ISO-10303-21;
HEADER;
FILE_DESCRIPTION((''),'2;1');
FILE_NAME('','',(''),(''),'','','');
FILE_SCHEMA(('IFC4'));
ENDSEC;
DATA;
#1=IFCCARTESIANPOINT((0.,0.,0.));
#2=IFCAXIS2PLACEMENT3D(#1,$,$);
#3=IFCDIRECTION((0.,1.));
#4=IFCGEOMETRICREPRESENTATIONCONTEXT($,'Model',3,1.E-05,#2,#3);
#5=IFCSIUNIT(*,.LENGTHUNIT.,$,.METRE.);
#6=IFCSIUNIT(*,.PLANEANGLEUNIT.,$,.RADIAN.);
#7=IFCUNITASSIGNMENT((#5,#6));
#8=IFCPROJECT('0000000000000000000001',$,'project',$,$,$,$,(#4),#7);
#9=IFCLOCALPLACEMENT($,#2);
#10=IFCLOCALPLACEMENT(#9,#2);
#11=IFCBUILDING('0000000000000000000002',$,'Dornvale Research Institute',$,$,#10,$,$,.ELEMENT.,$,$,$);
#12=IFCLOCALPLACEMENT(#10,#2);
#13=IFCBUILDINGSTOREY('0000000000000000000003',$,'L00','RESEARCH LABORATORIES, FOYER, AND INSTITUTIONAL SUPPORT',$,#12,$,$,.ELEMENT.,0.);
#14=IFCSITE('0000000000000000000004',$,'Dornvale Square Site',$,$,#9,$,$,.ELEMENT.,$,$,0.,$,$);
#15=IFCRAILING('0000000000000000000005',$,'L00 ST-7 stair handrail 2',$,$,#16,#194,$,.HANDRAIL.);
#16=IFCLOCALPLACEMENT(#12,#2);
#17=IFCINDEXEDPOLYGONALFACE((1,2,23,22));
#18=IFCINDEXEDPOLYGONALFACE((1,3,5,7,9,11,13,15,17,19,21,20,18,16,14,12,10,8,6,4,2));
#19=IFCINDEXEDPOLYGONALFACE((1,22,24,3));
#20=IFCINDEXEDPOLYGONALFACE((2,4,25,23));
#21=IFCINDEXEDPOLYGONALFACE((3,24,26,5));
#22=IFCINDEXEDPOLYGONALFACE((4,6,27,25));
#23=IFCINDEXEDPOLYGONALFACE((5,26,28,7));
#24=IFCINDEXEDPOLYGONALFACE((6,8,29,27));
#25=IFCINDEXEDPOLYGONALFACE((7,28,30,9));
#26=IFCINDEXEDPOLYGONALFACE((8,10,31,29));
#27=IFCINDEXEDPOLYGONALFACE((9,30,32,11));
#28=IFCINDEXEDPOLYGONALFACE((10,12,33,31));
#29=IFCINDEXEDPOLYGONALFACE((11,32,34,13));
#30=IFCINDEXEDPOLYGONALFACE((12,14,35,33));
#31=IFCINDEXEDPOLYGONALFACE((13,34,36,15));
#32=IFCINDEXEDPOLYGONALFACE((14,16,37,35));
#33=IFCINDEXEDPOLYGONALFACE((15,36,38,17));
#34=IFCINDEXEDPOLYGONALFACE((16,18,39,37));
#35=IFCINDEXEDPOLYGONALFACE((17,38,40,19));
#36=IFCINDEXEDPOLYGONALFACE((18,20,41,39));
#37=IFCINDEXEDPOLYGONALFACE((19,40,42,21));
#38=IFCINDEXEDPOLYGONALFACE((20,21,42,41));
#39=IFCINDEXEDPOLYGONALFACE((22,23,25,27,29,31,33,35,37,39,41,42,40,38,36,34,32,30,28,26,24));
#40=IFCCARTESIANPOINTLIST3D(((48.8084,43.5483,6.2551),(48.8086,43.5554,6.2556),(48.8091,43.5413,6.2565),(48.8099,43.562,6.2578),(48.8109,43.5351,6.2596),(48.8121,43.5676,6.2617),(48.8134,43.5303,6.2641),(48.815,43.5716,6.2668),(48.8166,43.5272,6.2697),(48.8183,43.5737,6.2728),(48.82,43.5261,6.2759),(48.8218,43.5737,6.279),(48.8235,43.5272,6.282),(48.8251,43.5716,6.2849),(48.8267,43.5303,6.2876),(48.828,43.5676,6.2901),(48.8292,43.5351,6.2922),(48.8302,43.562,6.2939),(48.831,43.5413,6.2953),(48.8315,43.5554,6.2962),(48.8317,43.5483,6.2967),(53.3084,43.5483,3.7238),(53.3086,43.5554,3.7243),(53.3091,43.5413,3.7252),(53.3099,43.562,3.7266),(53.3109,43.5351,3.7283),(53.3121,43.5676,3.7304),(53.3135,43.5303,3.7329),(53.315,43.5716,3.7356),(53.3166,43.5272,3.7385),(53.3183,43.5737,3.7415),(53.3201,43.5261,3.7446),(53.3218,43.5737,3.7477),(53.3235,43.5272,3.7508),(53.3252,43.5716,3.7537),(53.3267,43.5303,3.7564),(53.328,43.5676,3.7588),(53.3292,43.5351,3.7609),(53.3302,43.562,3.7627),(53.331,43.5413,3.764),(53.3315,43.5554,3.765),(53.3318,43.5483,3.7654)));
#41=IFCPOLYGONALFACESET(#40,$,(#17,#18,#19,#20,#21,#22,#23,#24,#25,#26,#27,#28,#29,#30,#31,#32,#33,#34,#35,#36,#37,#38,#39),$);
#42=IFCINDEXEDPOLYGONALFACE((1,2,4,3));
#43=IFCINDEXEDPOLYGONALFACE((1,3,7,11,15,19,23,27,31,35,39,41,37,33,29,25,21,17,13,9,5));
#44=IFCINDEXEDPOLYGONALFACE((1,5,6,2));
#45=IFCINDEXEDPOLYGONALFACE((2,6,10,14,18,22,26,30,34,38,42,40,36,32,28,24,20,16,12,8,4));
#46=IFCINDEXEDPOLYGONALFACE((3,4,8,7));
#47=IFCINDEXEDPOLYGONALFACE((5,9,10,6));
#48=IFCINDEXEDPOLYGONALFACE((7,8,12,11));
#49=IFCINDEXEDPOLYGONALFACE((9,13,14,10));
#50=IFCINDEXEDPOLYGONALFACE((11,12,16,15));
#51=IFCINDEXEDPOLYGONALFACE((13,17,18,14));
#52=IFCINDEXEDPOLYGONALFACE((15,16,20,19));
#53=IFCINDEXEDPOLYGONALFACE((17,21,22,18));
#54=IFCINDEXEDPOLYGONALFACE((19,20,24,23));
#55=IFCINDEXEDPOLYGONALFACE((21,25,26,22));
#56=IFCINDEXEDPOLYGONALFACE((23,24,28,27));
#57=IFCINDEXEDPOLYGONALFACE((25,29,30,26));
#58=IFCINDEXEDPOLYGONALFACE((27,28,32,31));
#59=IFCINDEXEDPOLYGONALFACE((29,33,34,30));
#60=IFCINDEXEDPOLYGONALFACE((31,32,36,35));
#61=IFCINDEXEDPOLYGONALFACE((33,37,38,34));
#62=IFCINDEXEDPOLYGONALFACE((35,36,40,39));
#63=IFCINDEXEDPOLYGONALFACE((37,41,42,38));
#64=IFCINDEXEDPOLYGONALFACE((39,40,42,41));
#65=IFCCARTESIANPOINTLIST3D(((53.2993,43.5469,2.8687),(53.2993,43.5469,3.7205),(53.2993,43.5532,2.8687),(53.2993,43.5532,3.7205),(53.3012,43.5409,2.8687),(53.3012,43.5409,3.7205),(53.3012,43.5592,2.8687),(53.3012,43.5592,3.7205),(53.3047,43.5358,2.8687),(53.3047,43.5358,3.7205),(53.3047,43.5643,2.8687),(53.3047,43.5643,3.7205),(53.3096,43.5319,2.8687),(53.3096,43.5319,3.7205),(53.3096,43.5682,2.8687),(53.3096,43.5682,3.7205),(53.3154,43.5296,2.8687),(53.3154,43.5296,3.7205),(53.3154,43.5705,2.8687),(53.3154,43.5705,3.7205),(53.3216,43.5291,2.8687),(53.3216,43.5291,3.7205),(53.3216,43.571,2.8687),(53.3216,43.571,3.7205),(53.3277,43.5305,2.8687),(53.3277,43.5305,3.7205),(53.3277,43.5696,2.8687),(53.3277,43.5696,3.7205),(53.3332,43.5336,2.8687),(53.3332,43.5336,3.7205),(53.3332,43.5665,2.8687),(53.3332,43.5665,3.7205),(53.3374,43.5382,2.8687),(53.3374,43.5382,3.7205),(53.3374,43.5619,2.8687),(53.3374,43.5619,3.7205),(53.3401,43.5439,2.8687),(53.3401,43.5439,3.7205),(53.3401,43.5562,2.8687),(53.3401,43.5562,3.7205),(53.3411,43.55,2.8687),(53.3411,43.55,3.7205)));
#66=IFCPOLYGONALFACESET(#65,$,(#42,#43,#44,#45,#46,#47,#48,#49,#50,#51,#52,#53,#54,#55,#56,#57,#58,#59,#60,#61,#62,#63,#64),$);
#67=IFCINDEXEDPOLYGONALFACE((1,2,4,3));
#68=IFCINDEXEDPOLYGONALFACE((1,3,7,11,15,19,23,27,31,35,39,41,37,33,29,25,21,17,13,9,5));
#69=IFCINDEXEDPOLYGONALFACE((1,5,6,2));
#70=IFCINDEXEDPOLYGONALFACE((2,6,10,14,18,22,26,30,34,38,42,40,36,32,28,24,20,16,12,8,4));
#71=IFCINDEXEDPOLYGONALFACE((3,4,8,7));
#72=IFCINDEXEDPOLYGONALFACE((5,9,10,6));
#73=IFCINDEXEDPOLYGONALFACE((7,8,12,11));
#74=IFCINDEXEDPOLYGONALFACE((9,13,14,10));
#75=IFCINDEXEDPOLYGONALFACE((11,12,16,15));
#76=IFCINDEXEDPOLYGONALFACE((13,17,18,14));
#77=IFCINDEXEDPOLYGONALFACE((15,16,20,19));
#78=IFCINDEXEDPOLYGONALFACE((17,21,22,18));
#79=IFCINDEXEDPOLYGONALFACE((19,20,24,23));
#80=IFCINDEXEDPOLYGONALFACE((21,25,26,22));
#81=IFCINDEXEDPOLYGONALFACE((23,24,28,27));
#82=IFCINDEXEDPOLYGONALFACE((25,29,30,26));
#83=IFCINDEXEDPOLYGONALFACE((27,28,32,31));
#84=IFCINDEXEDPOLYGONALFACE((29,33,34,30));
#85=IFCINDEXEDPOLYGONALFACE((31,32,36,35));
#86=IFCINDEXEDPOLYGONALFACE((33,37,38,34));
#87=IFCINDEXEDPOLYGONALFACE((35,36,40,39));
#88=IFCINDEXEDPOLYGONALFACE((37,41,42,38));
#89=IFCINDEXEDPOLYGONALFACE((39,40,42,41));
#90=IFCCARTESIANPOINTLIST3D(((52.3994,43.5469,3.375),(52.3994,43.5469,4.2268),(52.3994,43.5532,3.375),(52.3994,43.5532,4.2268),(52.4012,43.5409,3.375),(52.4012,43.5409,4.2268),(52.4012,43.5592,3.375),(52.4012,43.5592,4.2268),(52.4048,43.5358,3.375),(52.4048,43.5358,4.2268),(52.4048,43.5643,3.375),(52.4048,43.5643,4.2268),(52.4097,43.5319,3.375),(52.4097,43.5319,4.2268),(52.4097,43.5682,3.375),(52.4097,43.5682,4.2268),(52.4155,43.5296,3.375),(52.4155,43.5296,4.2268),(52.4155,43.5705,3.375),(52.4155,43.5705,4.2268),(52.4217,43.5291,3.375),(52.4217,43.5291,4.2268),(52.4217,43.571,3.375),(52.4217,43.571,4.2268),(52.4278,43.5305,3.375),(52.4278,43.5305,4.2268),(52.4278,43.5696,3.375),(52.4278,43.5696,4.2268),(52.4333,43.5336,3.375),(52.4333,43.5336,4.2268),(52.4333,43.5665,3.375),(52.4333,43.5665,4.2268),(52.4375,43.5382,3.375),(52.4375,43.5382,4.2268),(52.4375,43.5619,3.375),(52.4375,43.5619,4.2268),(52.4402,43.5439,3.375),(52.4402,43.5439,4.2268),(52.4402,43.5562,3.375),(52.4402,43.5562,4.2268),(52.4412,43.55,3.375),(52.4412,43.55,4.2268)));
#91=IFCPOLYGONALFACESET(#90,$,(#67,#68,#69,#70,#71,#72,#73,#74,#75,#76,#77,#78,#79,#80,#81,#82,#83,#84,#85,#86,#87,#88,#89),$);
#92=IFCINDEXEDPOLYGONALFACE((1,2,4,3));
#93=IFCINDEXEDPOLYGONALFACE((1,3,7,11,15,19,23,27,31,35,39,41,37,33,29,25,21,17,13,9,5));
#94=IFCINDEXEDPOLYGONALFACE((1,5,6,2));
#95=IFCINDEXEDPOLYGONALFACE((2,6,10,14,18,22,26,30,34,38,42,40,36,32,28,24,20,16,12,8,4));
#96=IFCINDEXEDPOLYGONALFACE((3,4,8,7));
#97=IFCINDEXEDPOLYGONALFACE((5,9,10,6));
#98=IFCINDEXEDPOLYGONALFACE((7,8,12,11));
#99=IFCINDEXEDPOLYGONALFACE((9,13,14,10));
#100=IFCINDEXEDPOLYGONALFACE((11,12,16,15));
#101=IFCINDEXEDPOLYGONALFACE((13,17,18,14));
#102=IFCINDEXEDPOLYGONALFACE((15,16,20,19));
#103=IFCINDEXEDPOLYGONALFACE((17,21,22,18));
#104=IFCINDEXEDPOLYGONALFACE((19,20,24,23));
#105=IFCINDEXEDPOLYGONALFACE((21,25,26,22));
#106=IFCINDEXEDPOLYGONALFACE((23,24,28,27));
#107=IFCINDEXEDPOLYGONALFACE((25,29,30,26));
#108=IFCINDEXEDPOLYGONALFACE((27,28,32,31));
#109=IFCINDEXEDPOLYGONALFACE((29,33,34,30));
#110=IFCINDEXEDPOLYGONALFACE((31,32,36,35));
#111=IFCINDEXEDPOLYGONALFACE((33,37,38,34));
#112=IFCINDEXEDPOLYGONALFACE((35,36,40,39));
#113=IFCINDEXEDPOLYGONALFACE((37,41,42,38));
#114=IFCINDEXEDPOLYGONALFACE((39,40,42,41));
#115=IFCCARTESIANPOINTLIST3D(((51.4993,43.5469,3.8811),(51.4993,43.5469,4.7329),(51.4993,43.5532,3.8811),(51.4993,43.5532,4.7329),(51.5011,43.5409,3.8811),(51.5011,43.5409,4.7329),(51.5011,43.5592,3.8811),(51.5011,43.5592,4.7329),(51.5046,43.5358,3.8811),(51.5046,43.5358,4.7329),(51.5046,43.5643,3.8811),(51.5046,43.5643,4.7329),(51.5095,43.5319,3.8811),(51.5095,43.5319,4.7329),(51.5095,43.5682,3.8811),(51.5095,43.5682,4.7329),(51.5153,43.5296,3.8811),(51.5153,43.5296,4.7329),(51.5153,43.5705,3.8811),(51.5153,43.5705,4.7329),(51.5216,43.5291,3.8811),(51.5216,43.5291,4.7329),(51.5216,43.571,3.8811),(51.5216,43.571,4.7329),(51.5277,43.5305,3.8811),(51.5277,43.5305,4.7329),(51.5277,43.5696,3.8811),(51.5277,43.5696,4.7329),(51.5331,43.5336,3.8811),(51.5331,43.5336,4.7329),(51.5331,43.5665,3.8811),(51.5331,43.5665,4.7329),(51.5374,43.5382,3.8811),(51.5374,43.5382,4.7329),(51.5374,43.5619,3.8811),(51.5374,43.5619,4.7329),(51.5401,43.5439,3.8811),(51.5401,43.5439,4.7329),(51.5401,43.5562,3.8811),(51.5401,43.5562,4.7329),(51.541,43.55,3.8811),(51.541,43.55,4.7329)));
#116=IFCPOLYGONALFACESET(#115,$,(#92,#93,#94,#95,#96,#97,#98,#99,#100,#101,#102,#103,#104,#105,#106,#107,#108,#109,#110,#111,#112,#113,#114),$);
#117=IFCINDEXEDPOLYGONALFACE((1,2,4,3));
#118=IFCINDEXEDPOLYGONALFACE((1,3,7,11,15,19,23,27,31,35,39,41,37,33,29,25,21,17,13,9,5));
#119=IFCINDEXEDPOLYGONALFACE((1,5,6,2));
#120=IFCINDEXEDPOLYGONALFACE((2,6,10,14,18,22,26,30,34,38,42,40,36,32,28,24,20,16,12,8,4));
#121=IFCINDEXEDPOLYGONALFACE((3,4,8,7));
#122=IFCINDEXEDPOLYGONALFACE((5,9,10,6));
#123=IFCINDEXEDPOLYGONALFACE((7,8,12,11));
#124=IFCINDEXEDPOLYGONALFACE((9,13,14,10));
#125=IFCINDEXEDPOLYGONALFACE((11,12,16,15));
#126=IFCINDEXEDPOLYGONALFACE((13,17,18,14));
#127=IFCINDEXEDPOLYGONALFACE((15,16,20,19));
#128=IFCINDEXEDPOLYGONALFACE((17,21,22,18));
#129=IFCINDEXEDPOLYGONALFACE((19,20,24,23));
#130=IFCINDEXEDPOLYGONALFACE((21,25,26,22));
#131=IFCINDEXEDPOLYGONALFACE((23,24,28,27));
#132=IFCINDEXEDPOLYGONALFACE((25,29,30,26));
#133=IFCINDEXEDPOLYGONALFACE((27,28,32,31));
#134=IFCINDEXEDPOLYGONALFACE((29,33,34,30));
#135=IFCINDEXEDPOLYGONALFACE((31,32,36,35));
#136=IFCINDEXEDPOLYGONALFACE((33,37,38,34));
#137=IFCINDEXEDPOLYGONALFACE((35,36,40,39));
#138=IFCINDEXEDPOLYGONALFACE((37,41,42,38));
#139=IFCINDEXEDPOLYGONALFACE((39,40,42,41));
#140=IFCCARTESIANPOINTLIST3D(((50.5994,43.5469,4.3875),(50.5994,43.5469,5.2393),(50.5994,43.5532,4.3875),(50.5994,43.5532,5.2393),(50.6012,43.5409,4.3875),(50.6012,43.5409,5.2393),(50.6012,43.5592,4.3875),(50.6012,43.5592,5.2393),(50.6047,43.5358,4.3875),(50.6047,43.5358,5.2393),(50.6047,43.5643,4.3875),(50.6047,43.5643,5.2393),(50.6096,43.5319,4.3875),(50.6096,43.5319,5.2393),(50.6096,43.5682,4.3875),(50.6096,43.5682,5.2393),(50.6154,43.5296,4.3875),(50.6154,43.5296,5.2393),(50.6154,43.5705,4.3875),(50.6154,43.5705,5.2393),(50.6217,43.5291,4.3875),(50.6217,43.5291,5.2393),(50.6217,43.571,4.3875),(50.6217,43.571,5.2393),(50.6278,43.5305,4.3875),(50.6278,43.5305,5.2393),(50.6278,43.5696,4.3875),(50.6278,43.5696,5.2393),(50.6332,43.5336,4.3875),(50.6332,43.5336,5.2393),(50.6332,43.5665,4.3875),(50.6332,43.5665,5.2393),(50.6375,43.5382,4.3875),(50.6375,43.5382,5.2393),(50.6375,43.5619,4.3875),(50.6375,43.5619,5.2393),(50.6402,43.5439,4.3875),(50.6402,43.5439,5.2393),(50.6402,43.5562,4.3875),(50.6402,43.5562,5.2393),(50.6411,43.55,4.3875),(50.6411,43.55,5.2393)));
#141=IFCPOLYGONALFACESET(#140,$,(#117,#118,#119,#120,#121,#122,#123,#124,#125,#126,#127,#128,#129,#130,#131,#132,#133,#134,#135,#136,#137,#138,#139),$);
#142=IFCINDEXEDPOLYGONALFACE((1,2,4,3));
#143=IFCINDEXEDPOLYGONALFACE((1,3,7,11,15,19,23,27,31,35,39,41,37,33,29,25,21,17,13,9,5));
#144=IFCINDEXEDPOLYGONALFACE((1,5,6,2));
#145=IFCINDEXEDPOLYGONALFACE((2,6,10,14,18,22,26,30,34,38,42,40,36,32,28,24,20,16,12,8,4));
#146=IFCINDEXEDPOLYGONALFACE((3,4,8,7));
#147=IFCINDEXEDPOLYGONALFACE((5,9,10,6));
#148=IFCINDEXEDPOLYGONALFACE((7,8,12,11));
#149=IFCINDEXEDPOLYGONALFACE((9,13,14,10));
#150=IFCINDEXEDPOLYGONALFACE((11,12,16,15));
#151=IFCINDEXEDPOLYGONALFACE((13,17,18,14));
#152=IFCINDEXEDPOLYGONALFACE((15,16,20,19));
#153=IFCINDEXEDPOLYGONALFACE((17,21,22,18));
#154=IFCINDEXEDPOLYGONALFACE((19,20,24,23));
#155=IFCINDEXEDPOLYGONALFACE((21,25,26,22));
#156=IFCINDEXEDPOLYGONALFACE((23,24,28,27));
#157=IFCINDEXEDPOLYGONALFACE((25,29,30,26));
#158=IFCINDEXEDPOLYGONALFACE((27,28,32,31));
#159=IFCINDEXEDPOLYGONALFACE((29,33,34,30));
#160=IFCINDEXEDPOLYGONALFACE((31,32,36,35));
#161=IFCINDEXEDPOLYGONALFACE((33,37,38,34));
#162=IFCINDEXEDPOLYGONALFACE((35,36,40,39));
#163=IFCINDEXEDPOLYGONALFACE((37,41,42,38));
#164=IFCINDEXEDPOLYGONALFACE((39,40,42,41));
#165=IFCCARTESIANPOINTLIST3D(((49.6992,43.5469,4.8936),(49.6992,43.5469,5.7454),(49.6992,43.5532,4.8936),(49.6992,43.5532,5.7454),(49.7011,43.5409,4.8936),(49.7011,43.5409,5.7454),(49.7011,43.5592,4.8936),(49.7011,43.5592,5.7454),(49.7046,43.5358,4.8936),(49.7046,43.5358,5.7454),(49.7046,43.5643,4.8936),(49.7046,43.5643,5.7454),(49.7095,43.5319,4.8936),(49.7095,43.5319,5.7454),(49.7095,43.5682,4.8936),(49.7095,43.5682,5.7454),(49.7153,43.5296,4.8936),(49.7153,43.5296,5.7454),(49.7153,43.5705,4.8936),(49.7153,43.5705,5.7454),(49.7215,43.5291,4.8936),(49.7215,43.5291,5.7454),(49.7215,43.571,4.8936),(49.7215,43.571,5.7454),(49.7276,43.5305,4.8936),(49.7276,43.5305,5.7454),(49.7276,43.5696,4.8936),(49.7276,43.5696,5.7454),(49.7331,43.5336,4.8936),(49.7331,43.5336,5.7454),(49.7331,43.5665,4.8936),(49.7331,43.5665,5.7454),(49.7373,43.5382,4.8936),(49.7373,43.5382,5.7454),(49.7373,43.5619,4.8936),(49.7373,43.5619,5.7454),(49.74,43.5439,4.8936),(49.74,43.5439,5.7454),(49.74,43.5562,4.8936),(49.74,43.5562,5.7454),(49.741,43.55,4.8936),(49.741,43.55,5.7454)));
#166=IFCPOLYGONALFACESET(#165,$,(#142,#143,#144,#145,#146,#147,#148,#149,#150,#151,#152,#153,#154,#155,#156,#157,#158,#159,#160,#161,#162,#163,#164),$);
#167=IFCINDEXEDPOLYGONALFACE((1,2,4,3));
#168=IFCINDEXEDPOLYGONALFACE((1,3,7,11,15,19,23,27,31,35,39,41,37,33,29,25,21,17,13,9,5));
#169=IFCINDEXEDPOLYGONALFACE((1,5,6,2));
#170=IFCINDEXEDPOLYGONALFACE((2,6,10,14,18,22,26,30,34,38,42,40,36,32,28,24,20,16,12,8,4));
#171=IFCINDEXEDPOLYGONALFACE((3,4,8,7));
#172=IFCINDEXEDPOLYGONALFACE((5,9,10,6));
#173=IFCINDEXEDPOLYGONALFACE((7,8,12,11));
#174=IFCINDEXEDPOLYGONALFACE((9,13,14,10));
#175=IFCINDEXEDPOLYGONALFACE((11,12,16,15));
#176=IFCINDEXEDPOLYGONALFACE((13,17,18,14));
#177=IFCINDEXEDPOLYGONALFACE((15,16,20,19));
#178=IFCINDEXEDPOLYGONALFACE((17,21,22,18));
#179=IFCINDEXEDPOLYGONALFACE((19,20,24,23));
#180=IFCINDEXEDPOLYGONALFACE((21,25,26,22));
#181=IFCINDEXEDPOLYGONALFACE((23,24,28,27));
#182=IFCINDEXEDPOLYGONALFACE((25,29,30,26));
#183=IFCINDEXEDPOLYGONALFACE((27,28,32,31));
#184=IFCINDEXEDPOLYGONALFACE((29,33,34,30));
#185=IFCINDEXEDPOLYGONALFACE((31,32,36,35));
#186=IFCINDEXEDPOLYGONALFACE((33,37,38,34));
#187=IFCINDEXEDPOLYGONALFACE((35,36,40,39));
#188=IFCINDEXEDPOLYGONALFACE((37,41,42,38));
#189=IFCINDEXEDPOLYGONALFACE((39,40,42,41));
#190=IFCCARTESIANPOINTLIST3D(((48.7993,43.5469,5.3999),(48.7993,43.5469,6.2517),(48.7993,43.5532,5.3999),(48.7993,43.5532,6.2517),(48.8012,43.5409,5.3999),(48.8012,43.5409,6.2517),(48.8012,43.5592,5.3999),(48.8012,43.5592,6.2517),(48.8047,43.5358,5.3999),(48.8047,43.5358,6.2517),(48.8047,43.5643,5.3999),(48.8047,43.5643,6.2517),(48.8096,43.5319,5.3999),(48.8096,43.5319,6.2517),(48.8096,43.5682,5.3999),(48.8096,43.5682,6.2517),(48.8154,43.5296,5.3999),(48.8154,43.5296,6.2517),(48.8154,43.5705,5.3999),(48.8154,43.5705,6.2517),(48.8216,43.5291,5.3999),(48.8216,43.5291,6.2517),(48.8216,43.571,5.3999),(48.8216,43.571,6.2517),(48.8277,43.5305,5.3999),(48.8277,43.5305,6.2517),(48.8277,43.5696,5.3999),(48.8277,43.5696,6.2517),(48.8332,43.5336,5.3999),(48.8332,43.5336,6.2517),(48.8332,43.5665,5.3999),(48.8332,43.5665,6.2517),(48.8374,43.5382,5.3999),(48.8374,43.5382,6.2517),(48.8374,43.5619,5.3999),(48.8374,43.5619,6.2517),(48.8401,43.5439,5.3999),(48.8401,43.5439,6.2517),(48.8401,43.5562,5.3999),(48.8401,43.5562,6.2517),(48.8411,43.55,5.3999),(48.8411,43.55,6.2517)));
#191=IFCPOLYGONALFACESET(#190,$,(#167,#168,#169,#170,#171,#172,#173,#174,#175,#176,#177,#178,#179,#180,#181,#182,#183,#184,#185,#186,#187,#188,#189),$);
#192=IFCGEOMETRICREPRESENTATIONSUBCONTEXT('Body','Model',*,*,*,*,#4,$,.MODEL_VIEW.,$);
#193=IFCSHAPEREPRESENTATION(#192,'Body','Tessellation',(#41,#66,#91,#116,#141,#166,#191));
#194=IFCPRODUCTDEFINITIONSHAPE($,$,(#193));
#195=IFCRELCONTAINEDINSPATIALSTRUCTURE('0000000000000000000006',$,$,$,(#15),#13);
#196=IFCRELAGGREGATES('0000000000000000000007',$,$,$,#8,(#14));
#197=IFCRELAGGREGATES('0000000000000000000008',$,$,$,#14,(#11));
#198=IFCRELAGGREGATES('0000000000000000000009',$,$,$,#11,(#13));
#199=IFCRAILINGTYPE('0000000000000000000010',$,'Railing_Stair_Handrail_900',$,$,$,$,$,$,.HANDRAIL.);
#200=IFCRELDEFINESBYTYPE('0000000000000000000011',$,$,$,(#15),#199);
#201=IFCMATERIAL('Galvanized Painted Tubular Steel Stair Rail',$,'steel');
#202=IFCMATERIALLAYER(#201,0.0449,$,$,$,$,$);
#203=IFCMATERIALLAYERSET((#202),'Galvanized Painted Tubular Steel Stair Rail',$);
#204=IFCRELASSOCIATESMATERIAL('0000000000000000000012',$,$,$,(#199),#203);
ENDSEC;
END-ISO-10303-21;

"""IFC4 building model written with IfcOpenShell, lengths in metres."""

from ifc_helpers import new_model, si_unit, direction, frame, origin, origin_2d, place, context, subcontext, project, spatial, circle, extrude, material, layer, layer_set, type_object, element, save


model = new_model("IFC4")

# Units and contexts
model_context = context("Model", 3, precision=1e-05, world=origin(), true_north=direction((0.0, 1.0)))
body_context = subcontext(model_context, "Body", "Model", "MODEL_VIEW")
ifc_project = project(units=[si_unit("LENGTHUNIT", "METRE"), si_unit("PLANEANGLEUNIT", "RADIAN")], contexts=[model_context])

# Site, building, storey
site_placement = place(None, origin())
site = spatial("IfcSite", under=ifc_project, at=site_placement, Name="Dornvale Square Site", CompositionType="ELEMENT", RefElevation=0.0)
building_placement = place(site_placement, origin())
building = spatial("IfcBuilding", under=site, at=building_placement, Name="Dornvale Research Institute", CompositionType="ELEMENT")
storey_placement = place(building_placement, origin())
storey = spatial("IfcBuildingStorey", under=building, at=storey_placement, Name="L00", Description="RESEARCH LABORATORIES, FOYER, AND INSTITUTIONAL SUPPORT", CompositionType="ELEMENT", Elevation=0.0)

# Railing
ifc_material_1 = material(Name="Galvanized Painted Tubular Steel Stair Rail", Category="steel")
ifc_layer_1 = layer(ifc_material_1, 0.0449)
ifc_layer_set_1 = layer_set([ifc_layer_1], Name="Galvanized Painted Tubular Steel Stair Rail")
railing_type_1 = type_object("IfcRailingType", Name="Railing_Stair_Handrail_900", PredefinedType="HANDRAIL", material=ifc_layer_set_1)
railing_1_placement = place(storey_placement, frame((53.3201, 43.55, 2.8687)))
element("IfcRailing", 1, at=railing_1_placement, inside=storey, type_object=railing_type_1, Name="L00 ST-7 stair handrail 2", PredefinedType="HANDRAIL", context=body_context, shape_type="SweptSolid", body=[
    extrude(circle(Radius=0.0239, at=origin_2d()), frame((0.0, 0.0, 0.876), z_axis=(-0.871576, 0.0, 0.490261), x_axis=(0.0, -1.0, 0.0)), (0.0, 0.0, 1.0), 5.1631),
    extrude(circle(Radius=0.021, at=origin_2d()), origin(), (0.0, 0.0, 1.0), 0.8518),
    extrude(circle(Radius=0.021, at=origin_2d()), frame((-0.8999, 0.0, 0.5063)), (0.0, 0.0, 1.0), 0.8518),
    extrude(circle(Radius=0.021, at=origin_2d()), frame((-1.8, 0.0, 1.0125)), (0.0, 0.0, 1.0), 0.8518),
    extrude(circle(Radius=0.021, at=origin_2d()), frame((-2.7, 0.0, 1.5188)), (0.0, 0.0, 1.0), 0.8518),
    extrude(circle(Radius=0.021, at=origin_2d()), frame((-3.6001, 0.0, 2.0249)), (0.0, 0.0, 1.0), 0.8518),
    extrude(circle(Radius=0.021, at=origin_2d()), frame((-4.5, 0.0, 2.5312)), (0.0, 0.0, 1.0), 0.8518),
])

save(model, "model.ifc")
